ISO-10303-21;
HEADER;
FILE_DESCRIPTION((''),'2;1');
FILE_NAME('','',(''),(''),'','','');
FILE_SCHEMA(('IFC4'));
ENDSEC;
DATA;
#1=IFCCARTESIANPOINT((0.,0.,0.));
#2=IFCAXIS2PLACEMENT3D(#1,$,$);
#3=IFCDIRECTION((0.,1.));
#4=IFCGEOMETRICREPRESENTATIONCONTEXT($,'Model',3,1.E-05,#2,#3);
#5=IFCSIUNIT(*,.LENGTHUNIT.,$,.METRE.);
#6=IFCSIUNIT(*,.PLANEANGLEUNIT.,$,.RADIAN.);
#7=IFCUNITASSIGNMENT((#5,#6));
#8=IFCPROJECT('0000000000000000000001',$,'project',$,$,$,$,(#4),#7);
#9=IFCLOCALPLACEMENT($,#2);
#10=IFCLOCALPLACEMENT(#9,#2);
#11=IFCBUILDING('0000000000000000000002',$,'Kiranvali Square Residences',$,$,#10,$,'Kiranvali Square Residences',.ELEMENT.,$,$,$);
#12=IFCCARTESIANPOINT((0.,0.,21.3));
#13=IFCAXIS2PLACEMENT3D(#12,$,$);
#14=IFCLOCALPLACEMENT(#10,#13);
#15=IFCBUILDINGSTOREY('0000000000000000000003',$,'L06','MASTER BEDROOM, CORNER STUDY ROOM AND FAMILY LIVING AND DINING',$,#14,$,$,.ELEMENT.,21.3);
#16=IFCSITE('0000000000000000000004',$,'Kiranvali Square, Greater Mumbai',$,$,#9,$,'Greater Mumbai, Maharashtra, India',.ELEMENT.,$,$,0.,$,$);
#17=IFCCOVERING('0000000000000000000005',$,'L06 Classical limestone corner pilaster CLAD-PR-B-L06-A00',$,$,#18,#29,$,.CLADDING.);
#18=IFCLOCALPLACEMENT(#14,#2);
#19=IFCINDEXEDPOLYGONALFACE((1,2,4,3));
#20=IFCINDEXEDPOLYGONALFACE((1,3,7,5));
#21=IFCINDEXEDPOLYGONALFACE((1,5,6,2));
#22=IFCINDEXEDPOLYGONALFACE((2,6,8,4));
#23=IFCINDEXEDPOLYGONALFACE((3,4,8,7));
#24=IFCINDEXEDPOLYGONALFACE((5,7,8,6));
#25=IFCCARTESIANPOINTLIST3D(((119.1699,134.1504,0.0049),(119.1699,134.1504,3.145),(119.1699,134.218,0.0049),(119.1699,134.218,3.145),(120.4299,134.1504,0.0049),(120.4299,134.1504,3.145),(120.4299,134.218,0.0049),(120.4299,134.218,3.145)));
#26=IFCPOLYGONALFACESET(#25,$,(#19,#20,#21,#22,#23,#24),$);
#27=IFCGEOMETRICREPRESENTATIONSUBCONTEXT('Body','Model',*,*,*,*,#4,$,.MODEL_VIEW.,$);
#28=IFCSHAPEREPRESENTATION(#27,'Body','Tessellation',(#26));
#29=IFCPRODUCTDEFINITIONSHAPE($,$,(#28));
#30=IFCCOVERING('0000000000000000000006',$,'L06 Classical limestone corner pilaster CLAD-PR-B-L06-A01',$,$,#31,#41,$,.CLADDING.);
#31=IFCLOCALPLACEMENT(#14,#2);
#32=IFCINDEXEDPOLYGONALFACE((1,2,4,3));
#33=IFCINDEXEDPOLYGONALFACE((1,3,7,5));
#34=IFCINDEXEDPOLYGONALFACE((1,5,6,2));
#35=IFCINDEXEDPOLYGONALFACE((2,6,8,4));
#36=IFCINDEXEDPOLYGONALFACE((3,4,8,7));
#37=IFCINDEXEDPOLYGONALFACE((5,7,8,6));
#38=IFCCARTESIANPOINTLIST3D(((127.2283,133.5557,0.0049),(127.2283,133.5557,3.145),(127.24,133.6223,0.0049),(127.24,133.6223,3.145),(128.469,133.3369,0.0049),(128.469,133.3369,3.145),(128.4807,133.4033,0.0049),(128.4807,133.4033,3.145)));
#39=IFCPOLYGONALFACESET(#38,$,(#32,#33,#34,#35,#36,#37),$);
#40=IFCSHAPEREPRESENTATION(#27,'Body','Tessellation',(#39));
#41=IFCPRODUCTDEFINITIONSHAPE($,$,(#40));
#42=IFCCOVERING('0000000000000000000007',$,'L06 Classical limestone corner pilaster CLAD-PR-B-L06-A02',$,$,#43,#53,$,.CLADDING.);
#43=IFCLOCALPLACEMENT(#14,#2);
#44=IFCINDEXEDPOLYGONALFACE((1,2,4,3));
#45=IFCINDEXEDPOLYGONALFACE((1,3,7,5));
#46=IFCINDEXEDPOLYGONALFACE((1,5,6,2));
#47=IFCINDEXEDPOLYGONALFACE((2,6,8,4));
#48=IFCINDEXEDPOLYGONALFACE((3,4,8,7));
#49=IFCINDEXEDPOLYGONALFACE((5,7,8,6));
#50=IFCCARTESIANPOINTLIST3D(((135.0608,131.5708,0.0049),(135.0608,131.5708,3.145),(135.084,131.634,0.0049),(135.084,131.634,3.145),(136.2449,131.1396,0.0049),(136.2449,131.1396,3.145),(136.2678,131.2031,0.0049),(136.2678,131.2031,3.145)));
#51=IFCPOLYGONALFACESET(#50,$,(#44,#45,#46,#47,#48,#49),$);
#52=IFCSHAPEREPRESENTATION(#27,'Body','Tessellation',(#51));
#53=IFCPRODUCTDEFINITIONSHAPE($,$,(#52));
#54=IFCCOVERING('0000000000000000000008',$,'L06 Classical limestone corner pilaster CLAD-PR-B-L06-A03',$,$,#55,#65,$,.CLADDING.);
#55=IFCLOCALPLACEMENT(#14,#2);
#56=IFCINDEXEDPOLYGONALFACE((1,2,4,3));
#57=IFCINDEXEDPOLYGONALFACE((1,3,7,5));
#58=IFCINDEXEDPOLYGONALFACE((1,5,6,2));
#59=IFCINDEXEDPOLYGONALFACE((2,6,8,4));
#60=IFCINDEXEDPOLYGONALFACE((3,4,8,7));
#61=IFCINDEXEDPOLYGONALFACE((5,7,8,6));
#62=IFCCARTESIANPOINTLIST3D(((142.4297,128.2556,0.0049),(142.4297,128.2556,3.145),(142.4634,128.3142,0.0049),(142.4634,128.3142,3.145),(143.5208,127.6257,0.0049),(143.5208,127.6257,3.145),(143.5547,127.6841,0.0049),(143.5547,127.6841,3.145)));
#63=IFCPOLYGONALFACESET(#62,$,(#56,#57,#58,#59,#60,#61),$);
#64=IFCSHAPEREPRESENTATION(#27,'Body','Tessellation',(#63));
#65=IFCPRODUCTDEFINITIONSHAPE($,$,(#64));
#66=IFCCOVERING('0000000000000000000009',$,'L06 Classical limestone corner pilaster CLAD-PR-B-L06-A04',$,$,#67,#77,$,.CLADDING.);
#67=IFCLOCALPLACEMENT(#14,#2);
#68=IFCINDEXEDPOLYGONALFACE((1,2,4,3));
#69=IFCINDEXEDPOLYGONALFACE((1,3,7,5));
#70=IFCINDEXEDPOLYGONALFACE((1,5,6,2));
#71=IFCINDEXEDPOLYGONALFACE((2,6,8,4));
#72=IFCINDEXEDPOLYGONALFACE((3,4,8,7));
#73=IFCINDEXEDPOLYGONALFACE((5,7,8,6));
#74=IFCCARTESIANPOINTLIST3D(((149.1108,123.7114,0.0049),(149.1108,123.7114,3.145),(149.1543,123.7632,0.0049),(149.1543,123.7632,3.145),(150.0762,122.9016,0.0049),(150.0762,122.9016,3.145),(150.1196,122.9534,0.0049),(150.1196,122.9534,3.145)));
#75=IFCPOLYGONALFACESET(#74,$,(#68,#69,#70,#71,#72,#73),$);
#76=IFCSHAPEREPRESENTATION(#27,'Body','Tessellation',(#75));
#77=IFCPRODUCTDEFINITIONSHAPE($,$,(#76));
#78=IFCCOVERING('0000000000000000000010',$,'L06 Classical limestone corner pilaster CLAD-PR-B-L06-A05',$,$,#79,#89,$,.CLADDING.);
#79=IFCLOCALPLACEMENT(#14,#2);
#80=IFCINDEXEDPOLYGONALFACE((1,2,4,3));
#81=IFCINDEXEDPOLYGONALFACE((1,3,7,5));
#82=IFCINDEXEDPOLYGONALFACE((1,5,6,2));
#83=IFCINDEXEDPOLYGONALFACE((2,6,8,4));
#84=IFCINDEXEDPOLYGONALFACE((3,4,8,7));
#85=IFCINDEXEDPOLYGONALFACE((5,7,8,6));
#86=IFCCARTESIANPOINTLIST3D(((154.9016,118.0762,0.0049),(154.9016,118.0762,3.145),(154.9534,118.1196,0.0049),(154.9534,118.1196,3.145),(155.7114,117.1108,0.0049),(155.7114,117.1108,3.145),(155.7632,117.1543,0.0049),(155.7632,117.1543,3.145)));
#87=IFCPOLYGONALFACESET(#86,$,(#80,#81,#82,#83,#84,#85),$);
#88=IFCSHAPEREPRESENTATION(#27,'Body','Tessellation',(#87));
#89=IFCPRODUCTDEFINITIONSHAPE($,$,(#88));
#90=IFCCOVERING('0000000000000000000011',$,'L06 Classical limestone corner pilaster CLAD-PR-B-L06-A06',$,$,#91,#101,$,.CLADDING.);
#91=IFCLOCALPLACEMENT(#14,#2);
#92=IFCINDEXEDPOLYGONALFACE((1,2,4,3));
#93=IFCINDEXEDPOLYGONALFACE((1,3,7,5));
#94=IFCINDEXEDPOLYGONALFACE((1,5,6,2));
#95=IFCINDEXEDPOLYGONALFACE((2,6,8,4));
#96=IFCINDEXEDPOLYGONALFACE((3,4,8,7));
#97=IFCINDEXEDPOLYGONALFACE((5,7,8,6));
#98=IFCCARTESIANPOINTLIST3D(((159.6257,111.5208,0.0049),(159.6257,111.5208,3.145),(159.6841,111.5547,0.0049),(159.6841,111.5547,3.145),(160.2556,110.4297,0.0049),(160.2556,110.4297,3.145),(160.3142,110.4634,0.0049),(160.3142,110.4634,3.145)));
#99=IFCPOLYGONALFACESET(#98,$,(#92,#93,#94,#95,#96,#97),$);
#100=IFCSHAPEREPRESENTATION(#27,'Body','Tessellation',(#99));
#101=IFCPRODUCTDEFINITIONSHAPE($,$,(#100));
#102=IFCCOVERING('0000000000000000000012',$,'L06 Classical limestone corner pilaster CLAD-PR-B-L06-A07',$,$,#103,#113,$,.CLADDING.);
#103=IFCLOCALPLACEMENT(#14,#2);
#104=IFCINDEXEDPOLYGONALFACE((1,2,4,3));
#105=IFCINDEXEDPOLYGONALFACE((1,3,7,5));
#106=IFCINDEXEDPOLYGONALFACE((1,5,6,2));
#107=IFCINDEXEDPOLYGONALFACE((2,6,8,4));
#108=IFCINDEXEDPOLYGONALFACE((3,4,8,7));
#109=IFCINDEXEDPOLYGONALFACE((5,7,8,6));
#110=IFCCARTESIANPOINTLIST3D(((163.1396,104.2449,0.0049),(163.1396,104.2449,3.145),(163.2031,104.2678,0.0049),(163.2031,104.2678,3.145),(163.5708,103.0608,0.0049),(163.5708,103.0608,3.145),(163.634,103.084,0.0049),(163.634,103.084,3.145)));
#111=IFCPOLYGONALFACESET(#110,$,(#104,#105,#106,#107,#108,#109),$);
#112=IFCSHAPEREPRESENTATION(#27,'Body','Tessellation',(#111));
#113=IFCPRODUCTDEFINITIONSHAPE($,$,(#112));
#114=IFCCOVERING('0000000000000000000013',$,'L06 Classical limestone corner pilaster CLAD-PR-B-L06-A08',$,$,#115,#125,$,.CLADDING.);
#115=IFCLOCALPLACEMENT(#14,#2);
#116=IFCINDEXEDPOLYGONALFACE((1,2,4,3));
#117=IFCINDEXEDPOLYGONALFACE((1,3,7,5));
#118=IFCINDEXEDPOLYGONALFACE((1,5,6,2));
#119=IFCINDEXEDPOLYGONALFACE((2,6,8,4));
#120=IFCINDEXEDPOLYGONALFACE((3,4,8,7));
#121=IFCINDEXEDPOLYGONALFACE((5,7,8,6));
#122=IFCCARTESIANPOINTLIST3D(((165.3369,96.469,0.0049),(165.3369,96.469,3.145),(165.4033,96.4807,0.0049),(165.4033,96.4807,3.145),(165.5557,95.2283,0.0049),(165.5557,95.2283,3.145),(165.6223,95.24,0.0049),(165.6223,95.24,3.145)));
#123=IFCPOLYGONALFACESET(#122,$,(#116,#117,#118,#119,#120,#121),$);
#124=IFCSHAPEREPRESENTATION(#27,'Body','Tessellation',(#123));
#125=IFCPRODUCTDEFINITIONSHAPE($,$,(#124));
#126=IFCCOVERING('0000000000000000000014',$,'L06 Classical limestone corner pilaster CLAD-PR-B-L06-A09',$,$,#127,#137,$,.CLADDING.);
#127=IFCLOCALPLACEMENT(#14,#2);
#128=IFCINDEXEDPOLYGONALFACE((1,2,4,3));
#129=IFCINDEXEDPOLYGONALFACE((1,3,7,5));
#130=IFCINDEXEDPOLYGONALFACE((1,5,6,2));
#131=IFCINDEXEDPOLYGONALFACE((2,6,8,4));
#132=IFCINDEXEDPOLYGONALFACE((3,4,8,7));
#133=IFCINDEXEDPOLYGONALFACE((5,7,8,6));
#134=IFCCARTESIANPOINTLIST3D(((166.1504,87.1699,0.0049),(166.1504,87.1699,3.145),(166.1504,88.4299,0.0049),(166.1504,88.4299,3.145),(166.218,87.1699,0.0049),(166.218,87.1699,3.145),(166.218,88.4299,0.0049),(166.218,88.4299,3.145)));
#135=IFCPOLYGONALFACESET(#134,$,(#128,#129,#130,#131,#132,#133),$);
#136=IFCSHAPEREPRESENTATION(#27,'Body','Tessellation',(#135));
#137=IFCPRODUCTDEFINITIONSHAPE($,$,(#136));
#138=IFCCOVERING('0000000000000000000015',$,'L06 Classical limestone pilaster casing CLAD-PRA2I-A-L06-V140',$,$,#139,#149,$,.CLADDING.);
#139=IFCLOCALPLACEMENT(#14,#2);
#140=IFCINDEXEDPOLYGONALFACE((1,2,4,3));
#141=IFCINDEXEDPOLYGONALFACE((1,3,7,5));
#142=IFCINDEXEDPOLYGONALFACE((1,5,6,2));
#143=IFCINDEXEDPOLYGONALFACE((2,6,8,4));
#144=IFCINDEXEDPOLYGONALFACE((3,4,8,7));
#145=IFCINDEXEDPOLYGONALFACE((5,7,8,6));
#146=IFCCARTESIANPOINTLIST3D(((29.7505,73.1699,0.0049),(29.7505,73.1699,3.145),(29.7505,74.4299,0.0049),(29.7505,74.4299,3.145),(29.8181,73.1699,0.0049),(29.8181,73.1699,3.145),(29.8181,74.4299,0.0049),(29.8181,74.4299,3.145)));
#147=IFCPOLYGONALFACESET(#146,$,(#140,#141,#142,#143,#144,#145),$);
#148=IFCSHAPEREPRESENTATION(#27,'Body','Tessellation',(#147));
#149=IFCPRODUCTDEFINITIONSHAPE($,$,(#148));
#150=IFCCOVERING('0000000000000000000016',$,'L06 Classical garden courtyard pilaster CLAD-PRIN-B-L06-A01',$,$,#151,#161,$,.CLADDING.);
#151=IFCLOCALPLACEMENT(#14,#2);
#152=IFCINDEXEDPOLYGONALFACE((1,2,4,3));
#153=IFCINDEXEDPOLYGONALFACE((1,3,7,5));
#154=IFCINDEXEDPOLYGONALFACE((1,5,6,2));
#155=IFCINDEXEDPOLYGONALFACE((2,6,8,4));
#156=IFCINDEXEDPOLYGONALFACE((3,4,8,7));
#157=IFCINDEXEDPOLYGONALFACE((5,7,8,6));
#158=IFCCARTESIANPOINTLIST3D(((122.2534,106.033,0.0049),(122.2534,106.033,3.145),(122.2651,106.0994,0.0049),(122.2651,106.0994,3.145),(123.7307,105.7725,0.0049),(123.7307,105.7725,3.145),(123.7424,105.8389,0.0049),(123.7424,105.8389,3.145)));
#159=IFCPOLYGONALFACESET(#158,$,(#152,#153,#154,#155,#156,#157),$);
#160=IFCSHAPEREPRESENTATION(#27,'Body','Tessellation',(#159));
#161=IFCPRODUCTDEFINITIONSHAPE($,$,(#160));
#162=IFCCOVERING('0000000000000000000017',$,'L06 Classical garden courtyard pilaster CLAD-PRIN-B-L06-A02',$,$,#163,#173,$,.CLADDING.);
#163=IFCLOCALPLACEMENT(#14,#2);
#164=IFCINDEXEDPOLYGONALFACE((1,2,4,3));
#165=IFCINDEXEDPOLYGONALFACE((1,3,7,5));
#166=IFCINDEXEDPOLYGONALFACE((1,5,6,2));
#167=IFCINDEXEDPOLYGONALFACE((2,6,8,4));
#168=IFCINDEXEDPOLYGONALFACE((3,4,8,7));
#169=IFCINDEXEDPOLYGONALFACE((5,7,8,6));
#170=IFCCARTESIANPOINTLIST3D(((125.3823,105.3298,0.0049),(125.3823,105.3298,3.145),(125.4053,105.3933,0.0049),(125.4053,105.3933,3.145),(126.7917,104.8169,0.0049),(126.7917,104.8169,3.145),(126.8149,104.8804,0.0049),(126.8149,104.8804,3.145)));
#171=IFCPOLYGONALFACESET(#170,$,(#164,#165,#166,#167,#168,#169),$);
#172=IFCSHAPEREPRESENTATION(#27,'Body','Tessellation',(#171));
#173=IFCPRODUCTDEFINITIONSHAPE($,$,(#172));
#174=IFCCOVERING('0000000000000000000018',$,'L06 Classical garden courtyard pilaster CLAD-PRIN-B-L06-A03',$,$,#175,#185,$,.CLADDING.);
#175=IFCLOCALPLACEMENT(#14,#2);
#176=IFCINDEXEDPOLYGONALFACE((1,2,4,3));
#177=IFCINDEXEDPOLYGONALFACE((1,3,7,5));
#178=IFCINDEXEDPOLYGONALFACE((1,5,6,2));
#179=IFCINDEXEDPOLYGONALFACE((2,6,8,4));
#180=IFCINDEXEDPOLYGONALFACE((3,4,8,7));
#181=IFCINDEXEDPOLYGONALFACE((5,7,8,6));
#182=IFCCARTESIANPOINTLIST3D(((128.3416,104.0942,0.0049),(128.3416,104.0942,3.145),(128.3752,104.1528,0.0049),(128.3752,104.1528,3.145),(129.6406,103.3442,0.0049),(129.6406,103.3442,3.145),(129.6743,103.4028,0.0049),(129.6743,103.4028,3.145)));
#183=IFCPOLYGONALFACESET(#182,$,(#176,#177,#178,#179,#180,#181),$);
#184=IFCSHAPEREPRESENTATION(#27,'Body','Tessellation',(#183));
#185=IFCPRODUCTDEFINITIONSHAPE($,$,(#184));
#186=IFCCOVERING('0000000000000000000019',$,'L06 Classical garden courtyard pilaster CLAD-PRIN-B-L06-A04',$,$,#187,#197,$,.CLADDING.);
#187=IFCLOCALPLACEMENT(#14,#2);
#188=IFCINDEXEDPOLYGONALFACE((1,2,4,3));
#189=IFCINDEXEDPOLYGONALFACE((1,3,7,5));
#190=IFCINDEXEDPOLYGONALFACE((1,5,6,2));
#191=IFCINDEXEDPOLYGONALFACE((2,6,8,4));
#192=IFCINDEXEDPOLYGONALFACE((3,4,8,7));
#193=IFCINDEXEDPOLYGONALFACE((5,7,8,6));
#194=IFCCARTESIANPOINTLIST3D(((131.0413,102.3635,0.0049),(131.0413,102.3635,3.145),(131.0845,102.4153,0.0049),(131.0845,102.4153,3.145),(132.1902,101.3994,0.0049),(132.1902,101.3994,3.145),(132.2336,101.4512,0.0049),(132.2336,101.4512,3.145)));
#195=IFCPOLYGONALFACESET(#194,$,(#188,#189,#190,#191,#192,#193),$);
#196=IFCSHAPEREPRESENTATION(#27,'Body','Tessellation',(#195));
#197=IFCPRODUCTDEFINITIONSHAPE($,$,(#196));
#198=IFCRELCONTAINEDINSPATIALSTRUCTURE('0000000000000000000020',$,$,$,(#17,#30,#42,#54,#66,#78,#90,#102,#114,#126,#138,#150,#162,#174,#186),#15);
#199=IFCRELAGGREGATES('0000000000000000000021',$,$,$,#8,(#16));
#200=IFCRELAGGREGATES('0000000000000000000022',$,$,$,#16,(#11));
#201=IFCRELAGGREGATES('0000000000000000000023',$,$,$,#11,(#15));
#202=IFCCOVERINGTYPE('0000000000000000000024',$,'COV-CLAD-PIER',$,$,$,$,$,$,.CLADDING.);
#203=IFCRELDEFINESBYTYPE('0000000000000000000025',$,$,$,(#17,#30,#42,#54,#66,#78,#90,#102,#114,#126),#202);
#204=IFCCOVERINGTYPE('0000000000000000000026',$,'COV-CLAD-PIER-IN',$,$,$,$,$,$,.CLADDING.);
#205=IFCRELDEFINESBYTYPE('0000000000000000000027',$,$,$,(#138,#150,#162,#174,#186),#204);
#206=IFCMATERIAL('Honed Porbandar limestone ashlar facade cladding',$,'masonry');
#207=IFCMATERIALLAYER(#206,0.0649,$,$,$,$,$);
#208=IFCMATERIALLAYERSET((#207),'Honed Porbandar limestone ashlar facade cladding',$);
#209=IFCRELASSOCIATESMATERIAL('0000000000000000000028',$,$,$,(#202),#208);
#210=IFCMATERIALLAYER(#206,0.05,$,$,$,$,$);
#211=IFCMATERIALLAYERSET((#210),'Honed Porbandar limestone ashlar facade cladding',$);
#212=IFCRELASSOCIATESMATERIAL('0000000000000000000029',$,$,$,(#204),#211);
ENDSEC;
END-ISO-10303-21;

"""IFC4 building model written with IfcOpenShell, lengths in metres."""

from ifc_helpers import new_model, si_unit, direction, frame, origin, place, context, subcontext, project, spatial, polyline, outline, extrude, material, layer, layer_set, type_object, element, save


model = new_model("IFC4")

# Units and contexts
model_context = context("Model", 3, precision=1e-05, world=origin(), true_north=direction((0.0, 1.0)))
body_context = subcontext(model_context, "Body", "Model", "MODEL_VIEW")
ifc_project = project(units=[si_unit("LENGTHUNIT", "METRE"), si_unit("PLANEANGLEUNIT", "RADIAN")], contexts=[model_context])

# Site, building, storey
site_placement = place(None, origin())
site = spatial("IfcSite", under=ifc_project, at=site_placement, Name="Kiranvali Square, Greater Mumbai", LongName="Greater Mumbai, Maharashtra, India", CompositionType="ELEMENT", RefElevation=0.0)
building_placement = place(site_placement, origin())
building = spatial("IfcBuilding", under=site, at=building_placement, Name="Kiranvali Square Residences", LongName="Kiranvali Square Residences", CompositionType="ELEMENT")
storey_placement = place(building_placement, frame((0.0, 0.0, 21.3)))
storey = spatial("IfcBuildingStorey", under=building, at=storey_placement, Name="L06", Description="MASTER BEDROOM, CORNER STUDY ROOM AND FAMILY LIVING AND DINING", CompositionType="ELEMENT", Elevation=21.3)

# Coverings
ifc_material = material(Name="Honed Porbandar limestone ashlar facade cladding", Category="masonry")
ifc_layer_1 = layer(ifc_material, 0.0649)
ifc_layer_set_1 = layer_set([ifc_layer_1], Name="Honed Porbandar limestone ashlar facade cladding")
covering_type_1 = type_object("IfcCoveringType", Name="COV-CLAD-PIER", PredefinedType="CLADDING", material=ifc_layer_set_1)
covering_1_placement = place(storey_placement, frame((0.0, 0.0, 0.0049)))
element("IfcCovering", 1, at=covering_1_placement, inside=storey, type_object=covering_type_1, Name="L06 Classical limestone corner pilaster CLAD-PR-B-L06-A00", PredefinedType="CLADDING", context=body_context, shape_type="SweptSolid", body=[
    extrude(outline(polyline([(120.4299, 134.218), (119.1699, 134.218), (119.1699, 134.1504), (120.4299, 134.1504), (120.4299, 134.218)])), origin(), (0.0, 0.0, 1.0), 3.1401),
])
covering_2_placement = place(storey_placement, frame((0.0, 0.0, 0.0049)))
element("IfcCovering", 2, at=covering_2_placement, inside=storey, type_object=covering_type_1, Name="L06 Classical limestone corner pilaster CLAD-PR-B-L06-A01", PredefinedType="CLADDING", context=body_context, shape_type="SweptSolid", body=[
    extrude(outline(polyline([(128.4807, 133.4033), (127.24, 133.6223), (127.2283, 133.5557), (128.469, 133.3369), (128.4807, 133.4033)])), origin(), (0.0, 0.0, 1.0), 3.1401),
])
covering_3_placement = place(storey_placement, frame((0.0, 0.0, 0.0049)))
element("IfcCovering", 3, at=covering_3_placement, inside=storey, type_object=covering_type_1, Name="L06 Classical limestone corner pilaster CLAD-PR-B-L06-A02", PredefinedType="CLADDING", context=body_context, shape_type="SweptSolid", body=[
    extrude(outline(polyline([(136.2678, 131.2031), (135.084, 131.634), (135.0608, 131.5708), (136.2449, 131.1396), (136.2678, 131.2031)])), origin(), (0.0, 0.0, 1.0), 3.1401),
])
covering_4_placement = place(storey_placement, frame((0.0, 0.0, 0.0049)))
element("IfcCovering", 4, at=covering_4_placement, inside=storey, type_object=covering_type_1, Name="L06 Classical limestone corner pilaster CLAD-PR-B-L06-A03", PredefinedType="CLADDING", context=body_context, shape_type="SweptSolid", body=[
    extrude(outline(polyline([(143.5547, 127.6841), (142.4634, 128.3142), (142.4297, 128.2556), (143.5208, 127.6257), (143.5547, 127.6841)])), origin(), (0.0, 0.0, 1.0), 3.1401),
])
covering_5_placement = place(storey_placement, frame((0.0, 0.0, 0.0049)))
element("IfcCovering", 5, at=covering_5_placement, inside=storey, type_object=covering_type_1, Name="L06 Classical limestone corner pilaster CLAD-PR-B-L06-A04", PredefinedType="CLADDING", context=body_context, shape_type="SweptSolid", body=[
    extrude(outline(polyline([(150.1196, 122.9534), (149.1543, 123.7632), (149.1108, 123.7114), (150.0762, 122.9016), (150.1196, 122.9534)])), origin(), (0.0, 0.0, 1.0), 3.1401),
])
covering_6_placement = place(storey_placement, frame((0.0, 0.0, 0.0049)))
element("IfcCovering", 6, at=covering_6_placement, inside=storey, type_object=covering_type_1, Name="L06 Classical limestone corner pilaster CLAD-PR-B-L06-A05", PredefinedType="CLADDING", context=body_context, shape_type="SweptSolid", body=[
    extrude(outline(polyline([(155.7632, 117.1543), (154.9534, 118.1196), (154.9016, 118.0762), (155.7114, 117.1108), (155.7632, 117.1543)])), origin(), (0.0, 0.0, 1.0), 3.1401),
])
covering_7_placement = place(storey_placement, frame((0.0, 0.0, 0.0049)))
element("IfcCovering", 7, at=covering_7_placement, inside=storey, type_object=covering_type_1, Name="L06 Classical limestone corner pilaster CLAD-PR-B-L06-A06", PredefinedType="CLADDING", context=body_context, shape_type="SweptSolid", body=[
    extrude(outline(polyline([(160.3142, 110.4634), (159.6841, 111.5547), (159.6257, 111.5208), (160.2556, 110.4297), (160.3142, 110.4634)])), origin(), (0.0, 0.0, 1.0), 3.1401),
])
covering_8_placement = place(storey_placement, frame((0.0, 0.0, 0.0049)))
element("IfcCovering", 8, at=covering_8_placement, inside=storey, type_object=covering_type_1, Name="L06 Classical limestone corner pilaster CLAD-PR-B-L06-A07", PredefinedType="CLADDING", context=body_context, shape_type="SweptSolid", body=[
    extrude(outline(polyline([(163.634, 103.084), (163.2031, 104.2678), (163.1396, 104.2449), (163.5708, 103.0608), (163.634, 103.084)])), origin(), (0.0, 0.0, 1.0), 3.1401),
])
covering_9_placement = place(storey_placement, frame((0.0, 0.0, 0.0049)))
element("IfcCovering", 9, at=covering_9_placement, inside=storey, type_object=covering_type_1, Name="L06 Classical limestone corner pilaster CLAD-PR-B-L06-A08", PredefinedType="CLADDING", context=body_context, shape_type="SweptSolid", body=[
    extrude(outline(polyline([(165.6223, 95.24), (165.4033, 96.4807), (165.3369, 96.469), (165.5557, 95.2283), (165.6223, 95.24)])), origin(), (0.0, 0.0, 1.0), 3.1401),
])
covering_10_placement = place(storey_placement, frame((0.0, 0.0, 0.0049)))
element("IfcCovering", 10, at=covering_10_placement, inside=storey, type_object=covering_type_1, Name="L06 Classical limestone corner pilaster CLAD-PR-B-L06-A09", PredefinedType="CLADDING", context=body_context, shape_type="SweptSolid", body=[
    extrude(outline(polyline([(166.218, 87.1699), (166.218, 88.4299), (166.1504, 88.4299), (166.1504, 87.1699), (166.218, 87.1699)])), origin(), (0.0, 0.0, 1.0), 3.1401),
])
ifc_layer_2 = layer(ifc_material, 0.05)
ifc_layer_set_2 = layer_set([ifc_layer_2], Name="Honed Porbandar limestone ashlar facade cladding")
covering_type_2 = type_object("IfcCoveringType", Name="COV-CLAD-PIER-IN", PredefinedType="CLADDING", material=ifc_layer_set_2)
covering_11_placement = place(storey_placement, frame((0.0, 0.0, 0.0049)))
element("IfcCovering", 11, at=covering_11_placement, inside=storey, type_object=covering_type_2, Name="L06 Classical limestone pilaster casing CLAD-PRA2I-A-L06-V140", PredefinedType="CLADDING", context=body_context, shape_type="SweptSolid", body=[
    extrude(outline(polyline([(29.7505, 74.4299), (29.7505, 73.1699), (29.8181, 73.1699), (29.8181, 74.4299), (29.7505, 74.4299)])), origin(), (0.0, 0.0, 1.0), 3.1401),
])
covering_12_placement = place(storey_placement, frame((0.0, 0.0, 0.0049)))
element("IfcCovering", 12, at=covering_12_placement, inside=storey, type_object=covering_type_2, Name="L06 Classical garden courtyard pilaster CLAD-PRIN-B-L06-A01", PredefinedType="CLADDING", context=body_context, shape_type="SweptSolid", body=[
    extrude(outline(polyline([(122.2534, 106.033), (123.7307, 105.7725), (123.7424, 105.8389), (122.2651, 106.0994), (122.2534, 106.033)])), origin(), (0.0, 0.0, 1.0), 3.1401),
])
covering_13_placement = place(storey_placement, frame((0.0, 0.0, 0.0049)))
element("IfcCovering", 13, at=covering_13_placement, inside=storey, type_object=covering_type_2, Name="L06 Classical garden courtyard pilaster CLAD-PRIN-B-L06-A02", PredefinedType="CLADDING", context=body_context, shape_type="SweptSolid", body=[
    extrude(outline(polyline([(125.3823, 105.3298), (126.7917, 104.8169), (126.8149, 104.8804), (125.4053, 105.3933), (125.3823, 105.3298)])), origin(), (0.0, 0.0, 1.0), 3.1401),
])
covering_14_placement = place(storey_placement, frame((0.0, 0.0, 0.0049)))
element("IfcCovering", 14, at=covering_14_placement, inside=storey, type_object=covering_type_2, Name="L06 Classical garden courtyard pilaster CLAD-PRIN-B-L06-A03", PredefinedType="CLADDING", context=body_context, shape_type="SweptSolid", body=[
    extrude(outline(polyline([(128.3416, 104.0942), (129.6406, 103.3442), (129.6743, 103.4028), (128.3752, 104.1528), (128.3416, 104.0942)])), origin(), (0.0, 0.0, 1.0), 3.1401),
])
covering_15_placement = place(storey_placement, frame((0.0, 0.0, 0.0049)))
element("IfcCovering", 15, at=covering_15_placement, inside=storey, type_object=covering_type_2, Name="L06 Classical garden courtyard pilaster CLAD-PRIN-B-L06-A04", PredefinedType="CLADDING", context=body_context, shape_type="SweptSolid", body=[
    extrude(outline(polyline([(131.0413, 102.3635), (132.1902, 101.3994), (132.2336, 101.4512), (131.0845, 102.4153), (131.0413, 102.3635)])), origin(), (0.0, 0.0, 1.0), 3.1401),
])

save(model, "model.ifc")
